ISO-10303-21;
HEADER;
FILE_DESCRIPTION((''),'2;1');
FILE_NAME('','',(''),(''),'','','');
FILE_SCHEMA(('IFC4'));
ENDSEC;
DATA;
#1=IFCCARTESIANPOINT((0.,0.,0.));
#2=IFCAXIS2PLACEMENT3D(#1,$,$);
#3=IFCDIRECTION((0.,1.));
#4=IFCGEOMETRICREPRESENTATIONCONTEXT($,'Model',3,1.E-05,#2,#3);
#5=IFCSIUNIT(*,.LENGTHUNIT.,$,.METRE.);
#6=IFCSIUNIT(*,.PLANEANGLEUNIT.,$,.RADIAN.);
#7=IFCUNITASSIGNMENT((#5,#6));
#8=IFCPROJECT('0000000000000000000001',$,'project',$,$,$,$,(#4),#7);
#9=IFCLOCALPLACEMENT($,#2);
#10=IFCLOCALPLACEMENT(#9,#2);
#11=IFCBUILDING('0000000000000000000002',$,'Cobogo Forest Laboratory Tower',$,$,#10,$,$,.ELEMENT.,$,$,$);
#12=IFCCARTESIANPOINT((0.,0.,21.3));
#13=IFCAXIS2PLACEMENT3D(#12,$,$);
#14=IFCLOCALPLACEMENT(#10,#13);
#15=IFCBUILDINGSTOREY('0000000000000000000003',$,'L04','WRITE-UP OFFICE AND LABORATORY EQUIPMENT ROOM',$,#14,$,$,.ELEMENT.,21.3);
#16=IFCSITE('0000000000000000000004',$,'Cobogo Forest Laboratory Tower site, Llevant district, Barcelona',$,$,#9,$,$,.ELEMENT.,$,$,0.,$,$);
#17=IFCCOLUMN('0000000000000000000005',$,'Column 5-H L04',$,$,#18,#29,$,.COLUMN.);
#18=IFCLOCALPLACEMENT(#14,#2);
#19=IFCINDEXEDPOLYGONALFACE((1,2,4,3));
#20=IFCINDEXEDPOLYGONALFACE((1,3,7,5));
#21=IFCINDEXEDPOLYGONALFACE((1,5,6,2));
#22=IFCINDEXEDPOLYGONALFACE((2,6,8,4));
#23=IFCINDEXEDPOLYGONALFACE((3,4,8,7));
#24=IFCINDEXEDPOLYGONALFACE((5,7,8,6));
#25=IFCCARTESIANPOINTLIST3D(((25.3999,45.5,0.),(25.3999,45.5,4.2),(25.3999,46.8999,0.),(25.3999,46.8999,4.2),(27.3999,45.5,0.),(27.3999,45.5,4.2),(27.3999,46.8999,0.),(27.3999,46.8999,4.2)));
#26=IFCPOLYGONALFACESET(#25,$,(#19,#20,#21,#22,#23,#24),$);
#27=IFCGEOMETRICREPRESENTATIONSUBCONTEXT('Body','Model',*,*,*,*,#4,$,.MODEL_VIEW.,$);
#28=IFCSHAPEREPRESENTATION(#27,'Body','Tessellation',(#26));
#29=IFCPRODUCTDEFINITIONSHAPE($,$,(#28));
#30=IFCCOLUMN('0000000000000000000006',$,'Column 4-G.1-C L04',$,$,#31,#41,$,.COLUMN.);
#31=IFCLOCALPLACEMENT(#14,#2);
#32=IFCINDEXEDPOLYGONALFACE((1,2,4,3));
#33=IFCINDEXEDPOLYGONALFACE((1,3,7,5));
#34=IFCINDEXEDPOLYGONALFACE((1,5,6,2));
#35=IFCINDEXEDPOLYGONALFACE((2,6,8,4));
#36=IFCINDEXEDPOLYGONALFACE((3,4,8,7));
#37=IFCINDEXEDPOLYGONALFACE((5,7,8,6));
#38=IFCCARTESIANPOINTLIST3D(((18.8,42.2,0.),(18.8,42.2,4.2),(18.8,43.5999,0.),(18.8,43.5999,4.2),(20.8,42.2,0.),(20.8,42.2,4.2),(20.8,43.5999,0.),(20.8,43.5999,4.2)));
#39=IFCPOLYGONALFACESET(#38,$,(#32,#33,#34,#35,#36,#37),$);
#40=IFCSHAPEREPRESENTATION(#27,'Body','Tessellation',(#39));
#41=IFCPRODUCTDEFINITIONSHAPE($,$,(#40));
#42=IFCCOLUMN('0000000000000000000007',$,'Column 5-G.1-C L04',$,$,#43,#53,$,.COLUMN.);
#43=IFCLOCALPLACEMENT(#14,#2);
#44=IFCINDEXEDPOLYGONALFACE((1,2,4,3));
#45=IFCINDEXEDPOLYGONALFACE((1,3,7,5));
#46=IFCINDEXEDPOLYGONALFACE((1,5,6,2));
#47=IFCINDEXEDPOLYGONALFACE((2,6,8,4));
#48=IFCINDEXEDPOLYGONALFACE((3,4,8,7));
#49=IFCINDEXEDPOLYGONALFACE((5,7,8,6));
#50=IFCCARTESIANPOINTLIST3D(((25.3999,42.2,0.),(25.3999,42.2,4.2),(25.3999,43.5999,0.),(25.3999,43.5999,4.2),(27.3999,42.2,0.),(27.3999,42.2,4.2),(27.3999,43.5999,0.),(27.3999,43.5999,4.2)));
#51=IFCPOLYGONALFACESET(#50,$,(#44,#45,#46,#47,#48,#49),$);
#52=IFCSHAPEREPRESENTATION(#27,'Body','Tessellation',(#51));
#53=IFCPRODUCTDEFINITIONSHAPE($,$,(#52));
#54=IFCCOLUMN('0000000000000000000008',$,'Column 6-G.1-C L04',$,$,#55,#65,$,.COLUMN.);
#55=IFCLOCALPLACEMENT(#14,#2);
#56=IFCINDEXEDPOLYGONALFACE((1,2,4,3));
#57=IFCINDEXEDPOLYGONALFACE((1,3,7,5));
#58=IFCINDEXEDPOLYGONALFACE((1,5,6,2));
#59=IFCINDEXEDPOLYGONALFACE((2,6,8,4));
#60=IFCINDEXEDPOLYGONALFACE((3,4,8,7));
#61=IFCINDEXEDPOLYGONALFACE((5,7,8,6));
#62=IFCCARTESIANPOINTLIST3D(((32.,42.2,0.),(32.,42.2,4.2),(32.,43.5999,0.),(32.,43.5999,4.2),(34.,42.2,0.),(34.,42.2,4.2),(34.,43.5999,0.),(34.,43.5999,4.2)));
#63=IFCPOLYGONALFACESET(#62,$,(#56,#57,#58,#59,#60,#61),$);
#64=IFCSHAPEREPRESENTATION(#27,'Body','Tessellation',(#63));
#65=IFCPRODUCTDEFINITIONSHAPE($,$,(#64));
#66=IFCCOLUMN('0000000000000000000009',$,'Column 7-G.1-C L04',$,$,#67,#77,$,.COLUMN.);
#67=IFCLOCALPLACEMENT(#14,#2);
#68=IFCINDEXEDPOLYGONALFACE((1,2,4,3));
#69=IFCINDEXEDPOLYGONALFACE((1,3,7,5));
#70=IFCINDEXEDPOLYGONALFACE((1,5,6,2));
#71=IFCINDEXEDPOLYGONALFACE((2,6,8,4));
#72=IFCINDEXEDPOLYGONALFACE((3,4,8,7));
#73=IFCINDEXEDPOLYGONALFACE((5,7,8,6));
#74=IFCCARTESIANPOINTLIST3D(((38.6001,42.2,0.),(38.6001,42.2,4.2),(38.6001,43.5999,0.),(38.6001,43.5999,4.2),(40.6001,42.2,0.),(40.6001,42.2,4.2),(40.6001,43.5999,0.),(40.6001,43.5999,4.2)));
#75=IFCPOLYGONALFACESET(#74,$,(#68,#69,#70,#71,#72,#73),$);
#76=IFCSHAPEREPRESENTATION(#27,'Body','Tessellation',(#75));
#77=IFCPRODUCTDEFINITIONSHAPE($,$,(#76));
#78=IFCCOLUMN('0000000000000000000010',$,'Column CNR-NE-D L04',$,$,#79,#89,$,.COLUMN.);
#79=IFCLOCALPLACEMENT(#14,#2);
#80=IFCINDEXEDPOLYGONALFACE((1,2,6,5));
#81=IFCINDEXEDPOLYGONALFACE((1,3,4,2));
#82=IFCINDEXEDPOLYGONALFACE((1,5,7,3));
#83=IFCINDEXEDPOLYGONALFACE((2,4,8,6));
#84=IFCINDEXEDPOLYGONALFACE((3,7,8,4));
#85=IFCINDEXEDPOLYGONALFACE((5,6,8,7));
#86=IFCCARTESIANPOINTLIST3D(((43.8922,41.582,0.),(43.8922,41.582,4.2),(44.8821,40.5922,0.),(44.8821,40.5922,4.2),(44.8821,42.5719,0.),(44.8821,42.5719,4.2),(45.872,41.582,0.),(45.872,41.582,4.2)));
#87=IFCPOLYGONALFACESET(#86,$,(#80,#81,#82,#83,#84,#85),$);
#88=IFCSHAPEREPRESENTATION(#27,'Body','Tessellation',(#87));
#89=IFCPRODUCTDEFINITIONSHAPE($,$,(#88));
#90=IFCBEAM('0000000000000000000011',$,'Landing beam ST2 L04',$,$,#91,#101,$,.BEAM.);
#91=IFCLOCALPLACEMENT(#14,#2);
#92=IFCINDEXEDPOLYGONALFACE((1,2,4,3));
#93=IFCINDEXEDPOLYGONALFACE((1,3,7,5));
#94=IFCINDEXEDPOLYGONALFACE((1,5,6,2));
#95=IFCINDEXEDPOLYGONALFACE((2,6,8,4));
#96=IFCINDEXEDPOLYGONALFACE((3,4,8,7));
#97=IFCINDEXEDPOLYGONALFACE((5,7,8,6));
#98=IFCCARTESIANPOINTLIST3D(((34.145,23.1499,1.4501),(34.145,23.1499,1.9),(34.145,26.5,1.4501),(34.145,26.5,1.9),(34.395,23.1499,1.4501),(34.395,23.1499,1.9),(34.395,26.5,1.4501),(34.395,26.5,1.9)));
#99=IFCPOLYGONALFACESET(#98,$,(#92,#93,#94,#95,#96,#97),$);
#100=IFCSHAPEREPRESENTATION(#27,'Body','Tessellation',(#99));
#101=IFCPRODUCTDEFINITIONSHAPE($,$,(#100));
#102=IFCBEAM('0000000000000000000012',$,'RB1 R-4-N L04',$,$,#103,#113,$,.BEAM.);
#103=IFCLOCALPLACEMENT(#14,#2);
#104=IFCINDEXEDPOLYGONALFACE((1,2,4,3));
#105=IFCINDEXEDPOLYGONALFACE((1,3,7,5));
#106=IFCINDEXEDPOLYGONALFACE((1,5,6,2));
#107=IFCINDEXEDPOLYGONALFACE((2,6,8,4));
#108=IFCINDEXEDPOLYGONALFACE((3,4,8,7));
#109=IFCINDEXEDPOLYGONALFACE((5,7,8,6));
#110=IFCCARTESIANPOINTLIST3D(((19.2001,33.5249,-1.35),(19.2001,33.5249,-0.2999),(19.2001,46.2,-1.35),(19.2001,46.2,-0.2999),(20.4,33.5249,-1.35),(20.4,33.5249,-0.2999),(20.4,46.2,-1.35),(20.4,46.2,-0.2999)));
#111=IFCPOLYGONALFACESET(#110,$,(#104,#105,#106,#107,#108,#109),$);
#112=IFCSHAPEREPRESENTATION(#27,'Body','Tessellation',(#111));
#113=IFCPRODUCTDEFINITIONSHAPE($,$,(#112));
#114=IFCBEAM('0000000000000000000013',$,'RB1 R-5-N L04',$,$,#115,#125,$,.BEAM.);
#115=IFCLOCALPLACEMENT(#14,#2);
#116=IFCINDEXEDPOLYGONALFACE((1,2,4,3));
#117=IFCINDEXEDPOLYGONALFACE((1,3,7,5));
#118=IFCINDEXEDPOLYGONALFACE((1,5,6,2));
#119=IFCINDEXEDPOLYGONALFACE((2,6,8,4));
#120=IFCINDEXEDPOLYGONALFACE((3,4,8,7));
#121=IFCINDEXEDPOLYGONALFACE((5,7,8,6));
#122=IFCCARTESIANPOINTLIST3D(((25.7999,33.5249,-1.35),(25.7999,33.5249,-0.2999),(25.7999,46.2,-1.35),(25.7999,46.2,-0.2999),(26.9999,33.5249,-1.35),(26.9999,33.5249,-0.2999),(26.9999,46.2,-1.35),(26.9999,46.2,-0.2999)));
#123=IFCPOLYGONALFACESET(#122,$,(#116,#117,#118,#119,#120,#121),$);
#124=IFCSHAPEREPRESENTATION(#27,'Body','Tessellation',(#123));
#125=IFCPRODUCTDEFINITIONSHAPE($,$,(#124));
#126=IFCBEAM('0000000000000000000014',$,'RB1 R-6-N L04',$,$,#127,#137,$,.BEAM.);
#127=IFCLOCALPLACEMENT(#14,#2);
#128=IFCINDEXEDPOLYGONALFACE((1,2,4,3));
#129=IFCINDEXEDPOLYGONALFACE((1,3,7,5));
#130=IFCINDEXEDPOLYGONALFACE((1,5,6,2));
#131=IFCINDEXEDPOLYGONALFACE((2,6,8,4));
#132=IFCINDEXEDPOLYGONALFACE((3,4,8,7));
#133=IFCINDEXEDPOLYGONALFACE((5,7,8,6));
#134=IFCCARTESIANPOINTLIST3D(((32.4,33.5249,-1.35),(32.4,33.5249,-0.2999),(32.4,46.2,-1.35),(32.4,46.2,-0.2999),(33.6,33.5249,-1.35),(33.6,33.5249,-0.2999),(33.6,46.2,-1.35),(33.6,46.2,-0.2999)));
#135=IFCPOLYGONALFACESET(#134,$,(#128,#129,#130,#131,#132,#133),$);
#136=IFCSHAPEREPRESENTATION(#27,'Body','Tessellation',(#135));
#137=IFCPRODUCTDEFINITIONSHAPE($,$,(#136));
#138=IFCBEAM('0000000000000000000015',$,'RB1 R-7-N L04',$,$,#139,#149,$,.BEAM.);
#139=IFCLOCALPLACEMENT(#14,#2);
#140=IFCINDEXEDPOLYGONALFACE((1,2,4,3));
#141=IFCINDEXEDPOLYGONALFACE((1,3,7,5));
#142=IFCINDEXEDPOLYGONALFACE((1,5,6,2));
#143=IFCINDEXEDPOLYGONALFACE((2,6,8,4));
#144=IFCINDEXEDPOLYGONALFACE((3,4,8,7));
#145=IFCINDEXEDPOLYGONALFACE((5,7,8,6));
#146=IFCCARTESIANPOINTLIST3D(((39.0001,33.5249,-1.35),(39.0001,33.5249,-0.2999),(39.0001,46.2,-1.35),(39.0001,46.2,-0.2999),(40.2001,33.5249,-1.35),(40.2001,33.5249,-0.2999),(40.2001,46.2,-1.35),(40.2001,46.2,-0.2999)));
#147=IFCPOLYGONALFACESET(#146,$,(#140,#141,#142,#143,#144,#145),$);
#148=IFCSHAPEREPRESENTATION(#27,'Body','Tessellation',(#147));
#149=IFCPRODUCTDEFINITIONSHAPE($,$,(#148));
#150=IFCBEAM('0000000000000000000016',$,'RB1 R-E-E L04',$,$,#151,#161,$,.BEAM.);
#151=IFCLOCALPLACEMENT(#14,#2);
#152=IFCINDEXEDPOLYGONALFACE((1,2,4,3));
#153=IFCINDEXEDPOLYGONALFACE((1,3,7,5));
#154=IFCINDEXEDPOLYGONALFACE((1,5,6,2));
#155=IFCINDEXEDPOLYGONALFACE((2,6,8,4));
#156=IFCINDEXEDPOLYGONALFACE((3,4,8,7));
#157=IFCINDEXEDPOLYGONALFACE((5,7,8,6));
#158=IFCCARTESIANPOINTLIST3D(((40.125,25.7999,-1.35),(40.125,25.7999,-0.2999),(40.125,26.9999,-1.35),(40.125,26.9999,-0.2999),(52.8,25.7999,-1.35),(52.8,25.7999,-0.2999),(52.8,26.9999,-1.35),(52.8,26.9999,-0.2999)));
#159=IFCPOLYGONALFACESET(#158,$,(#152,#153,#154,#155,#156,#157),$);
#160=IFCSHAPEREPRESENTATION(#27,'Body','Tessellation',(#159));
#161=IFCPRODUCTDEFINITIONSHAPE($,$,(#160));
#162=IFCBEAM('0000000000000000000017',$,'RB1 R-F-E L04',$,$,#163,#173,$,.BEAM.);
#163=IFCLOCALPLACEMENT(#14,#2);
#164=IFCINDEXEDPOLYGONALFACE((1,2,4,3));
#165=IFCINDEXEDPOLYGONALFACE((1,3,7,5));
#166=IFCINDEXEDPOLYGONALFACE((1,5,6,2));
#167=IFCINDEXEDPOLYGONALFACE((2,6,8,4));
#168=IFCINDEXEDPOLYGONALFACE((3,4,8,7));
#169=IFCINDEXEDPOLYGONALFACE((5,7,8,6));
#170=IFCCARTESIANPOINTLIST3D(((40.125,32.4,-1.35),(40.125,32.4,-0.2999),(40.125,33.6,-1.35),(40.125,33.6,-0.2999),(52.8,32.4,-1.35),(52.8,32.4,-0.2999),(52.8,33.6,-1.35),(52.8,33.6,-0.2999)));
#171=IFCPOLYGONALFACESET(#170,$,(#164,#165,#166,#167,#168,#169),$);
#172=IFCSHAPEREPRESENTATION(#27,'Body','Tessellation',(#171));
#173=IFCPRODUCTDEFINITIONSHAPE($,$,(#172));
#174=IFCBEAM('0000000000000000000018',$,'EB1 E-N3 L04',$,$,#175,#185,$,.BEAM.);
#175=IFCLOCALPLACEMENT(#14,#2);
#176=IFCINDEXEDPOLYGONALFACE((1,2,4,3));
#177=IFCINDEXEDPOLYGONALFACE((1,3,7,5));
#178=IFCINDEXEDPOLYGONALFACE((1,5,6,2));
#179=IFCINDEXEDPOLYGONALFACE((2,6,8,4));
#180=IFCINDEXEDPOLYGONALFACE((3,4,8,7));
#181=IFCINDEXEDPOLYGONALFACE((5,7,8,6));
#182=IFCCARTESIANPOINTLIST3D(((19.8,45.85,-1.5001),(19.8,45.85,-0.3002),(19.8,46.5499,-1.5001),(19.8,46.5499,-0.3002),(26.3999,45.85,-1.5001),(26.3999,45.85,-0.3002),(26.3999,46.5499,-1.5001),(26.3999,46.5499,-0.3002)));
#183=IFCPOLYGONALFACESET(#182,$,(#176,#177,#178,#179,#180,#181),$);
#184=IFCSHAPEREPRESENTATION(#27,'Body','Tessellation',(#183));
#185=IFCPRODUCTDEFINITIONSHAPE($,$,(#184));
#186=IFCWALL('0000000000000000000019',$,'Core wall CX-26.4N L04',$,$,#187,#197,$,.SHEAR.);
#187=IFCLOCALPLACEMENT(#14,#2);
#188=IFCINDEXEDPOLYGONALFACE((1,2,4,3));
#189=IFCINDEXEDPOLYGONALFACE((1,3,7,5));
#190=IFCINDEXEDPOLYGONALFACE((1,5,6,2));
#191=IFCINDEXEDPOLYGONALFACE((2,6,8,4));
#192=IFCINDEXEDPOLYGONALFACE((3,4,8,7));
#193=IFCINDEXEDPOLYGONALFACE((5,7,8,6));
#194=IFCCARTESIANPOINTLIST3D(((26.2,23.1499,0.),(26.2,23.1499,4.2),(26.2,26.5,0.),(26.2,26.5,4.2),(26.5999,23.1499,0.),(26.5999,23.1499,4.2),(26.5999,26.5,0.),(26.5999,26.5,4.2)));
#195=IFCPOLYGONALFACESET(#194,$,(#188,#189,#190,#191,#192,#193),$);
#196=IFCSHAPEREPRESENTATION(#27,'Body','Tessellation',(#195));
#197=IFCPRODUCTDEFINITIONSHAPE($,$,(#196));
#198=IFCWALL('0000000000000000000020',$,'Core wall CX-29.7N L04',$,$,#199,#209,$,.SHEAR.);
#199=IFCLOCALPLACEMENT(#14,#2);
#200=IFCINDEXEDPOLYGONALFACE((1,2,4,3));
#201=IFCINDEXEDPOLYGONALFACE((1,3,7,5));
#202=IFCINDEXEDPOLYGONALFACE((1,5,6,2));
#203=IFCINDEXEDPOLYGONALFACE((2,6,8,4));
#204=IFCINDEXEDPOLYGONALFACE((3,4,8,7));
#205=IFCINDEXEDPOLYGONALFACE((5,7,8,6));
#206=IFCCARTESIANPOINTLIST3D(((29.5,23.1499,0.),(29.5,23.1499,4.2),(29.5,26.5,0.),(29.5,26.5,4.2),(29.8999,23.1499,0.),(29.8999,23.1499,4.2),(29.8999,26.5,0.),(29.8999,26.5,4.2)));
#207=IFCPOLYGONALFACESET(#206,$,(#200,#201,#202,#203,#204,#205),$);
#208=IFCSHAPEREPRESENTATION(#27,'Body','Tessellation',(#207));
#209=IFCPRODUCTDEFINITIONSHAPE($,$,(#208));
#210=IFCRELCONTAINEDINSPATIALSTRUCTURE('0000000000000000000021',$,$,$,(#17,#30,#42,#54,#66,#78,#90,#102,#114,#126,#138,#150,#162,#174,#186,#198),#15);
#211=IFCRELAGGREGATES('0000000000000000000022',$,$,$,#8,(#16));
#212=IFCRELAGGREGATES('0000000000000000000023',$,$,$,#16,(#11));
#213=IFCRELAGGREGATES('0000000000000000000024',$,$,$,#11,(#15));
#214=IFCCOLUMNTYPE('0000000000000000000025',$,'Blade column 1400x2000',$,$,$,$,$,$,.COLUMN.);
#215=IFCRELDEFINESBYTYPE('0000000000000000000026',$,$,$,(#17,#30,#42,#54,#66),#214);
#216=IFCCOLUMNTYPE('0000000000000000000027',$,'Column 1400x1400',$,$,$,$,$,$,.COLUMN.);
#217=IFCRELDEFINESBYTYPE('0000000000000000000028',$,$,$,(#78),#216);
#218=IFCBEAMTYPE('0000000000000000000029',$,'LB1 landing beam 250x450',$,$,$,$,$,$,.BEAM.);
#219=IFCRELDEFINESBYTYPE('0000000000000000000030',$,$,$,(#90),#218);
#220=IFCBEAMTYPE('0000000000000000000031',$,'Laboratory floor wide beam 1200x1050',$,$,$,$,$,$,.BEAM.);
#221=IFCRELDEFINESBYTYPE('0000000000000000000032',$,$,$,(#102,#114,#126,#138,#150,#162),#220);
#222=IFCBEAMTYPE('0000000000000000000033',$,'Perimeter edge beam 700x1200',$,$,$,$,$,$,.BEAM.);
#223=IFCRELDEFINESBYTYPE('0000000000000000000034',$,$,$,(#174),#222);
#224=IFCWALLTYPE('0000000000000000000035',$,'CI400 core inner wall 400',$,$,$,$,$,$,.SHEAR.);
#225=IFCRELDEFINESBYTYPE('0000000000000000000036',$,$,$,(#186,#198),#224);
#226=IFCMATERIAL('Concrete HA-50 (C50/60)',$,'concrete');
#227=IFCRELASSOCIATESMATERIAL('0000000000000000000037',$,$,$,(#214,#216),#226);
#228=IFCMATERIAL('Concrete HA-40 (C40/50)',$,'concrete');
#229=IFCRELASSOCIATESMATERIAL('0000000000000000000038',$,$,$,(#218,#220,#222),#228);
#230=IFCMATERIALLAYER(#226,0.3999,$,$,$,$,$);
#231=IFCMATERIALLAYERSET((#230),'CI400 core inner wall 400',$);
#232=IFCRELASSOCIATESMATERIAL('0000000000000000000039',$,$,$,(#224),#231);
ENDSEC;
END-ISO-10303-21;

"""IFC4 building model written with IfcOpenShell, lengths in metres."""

from ifc_helpers import new_model, si_unit, direction, frame, frame_2d, origin, origin_2d, place, context, subcontext, project, spatial, rectangle, extrude, material, layer, layer_set, material_profile, profile_set, type_object, element, save


model = new_model("IFC4")

# Units and contexts
model_context = context("Model", 3, precision=1e-05, world=origin(), true_north=direction((0.0, 1.0)))
body_context = subcontext(model_context, "Body", "Model", "MODEL_VIEW")
ifc_project = project(units=[si_unit("LENGTHUNIT", "METRE"), si_unit("PLANEANGLEUNIT", "RADIAN")], contexts=[model_context])

# Site, building, storey
site_placement = place(None, origin())
site = spatial("IfcSite", under=ifc_project, at=site_placement, Name="Cobogo Forest Laboratory Tower site, Llevant district, Barcelona", CompositionType="ELEMENT", RefElevation=0.0)
building_placement = place(site_placement, origin())
building = spatial("IfcBuilding", under=site, at=building_placement, Name="Cobogo Forest Laboratory Tower", CompositionType="ELEMENT")
storey_placement = place(building_placement, frame((0.0, 0.0, 21.3)))
storey = spatial("IfcBuildingStorey", under=building, at=storey_placement, Name="L04", Description="WRITE-UP OFFICE AND LABORATORY EQUIPMENT ROOM", CompositionType="ELEMENT", Elevation=21.3)

# Columns
ifc_material_1 = material(Name="Concrete HA-50 (C50/60)", Category="concrete")
ifc_material_profile_1 = material_profile(ifc_material_1, rectangle(XDim=2.0, YDim=1.3999, at=origin_2d()), Name="RC 1400x2000")
ifc_profile_set_1 = profile_set([ifc_material_profile_1], Name="Concrete HA-50 (C50/60)")
column_type_1 = type_object("IfcColumnType", Name="Blade column 1400x2000", PredefinedType="COLUMN", material=ifc_profile_set_1)
for number, where, z_axis, x_axis, name in (
    (1, (26.3999, 46.2, 0.0), (0.0, 0.0, 1.0), (1.0, 0.0, 0.0), "Column 5-H L04"),
    (2, (19.8, 42.8999, 0.0), (0.0, 0.0, 1.0), (1.0, 0.0, 0.0), "Column 4-G.1-C L04"),
    (3, (26.3999, 42.8999, 0.0), (0.0, 0.0, 1.0), (1.0, 0.0, 0.0), "Column 5-G.1-C L04"),
    (4, (33.0, 42.8999, 0.0), (0.0, 0.0, 1.0), (1.0, 0.0, 0.0), "Column 6-G.1-C L04"),
    (5, (39.6001, 42.8999, 0.0), (0.0, 0.0, 1.0), (1.0, 0.0, 0.0), "Column 7-G.1-C L04"),
):
    element("IfcColumn", number, at=place(storey_placement, frame(where, z_axis=z_axis, x_axis=x_axis)), inside=storey, type_object=column_type_1, Name=name, PredefinedType="COLUMN", context=body_context, shape_type="SweptSolid", body=[
        extrude(rectangle(XDim=2.0, YDim=1.3999, at=origin_2d()), origin(), (0.0, 0.0, 1.0), 4.2),
    ])
ifc_material_profile_2 = material_profile(ifc_material_1, rectangle(XDim=1.3999, YDim=1.3999, at=origin_2d()), Name="RC 1400x1400")
ifc_profile_set_2 = profile_set([ifc_material_profile_2], Name="Concrete HA-50 (C50/60)")
column_type_2 = type_object("IfcColumnType", Name="Column 1400x1400", PredefinedType="COLUMN", material=ifc_profile_set_2)
column_placement = place(storey_placement, frame((44.8821, 41.582, 0.0), z_axis=(0.0, 0.0, 1.0), x_axis=(0.707107, 0.707107, 0.0)))
element("IfcColumn", 6, at=column_placement, inside=storey, type_object=column_type_2, Name="Column CNR-NE-D L04", PredefinedType="COLUMN", context=body_context, shape_type="SweptSolid", body=[
    extrude(rectangle(XDim=1.3999, YDim=1.3999, at=origin_2d()), origin(), (0.0, 0.0, 1.0), 4.2),
])

# Beams
ifc_material_2 = material(Name="Concrete HA-40 (C40/50)", Category="concrete")
ifc_material_profile_3 = material_profile(ifc_material_2, rectangle(XDim=0.25, YDim=0.45, at=origin_2d()), Name="RC 250x450")
ifc_profile_set_3 = profile_set([ifc_material_profile_3], Name="Concrete HA-40 (C40/50)")
beam_type_1 = type_object("IfcBeamType", Name="LB1 landing beam 250x450", PredefinedType="BEAM", material=ifc_profile_set_3)
beam_1_placement = place(storey_placement, frame((34.27, 23.1499, 1.675), z_axis=(0.0, 1.0, 0.0), x_axis=(-1.0, 0.0, 0.0)))
element("IfcBeam", 7, at=beam_1_placement, inside=storey, type_object=beam_type_1, Name="Landing beam ST2 L04", PredefinedType="BEAM", context=body_context, shape_type="SweptSolid", body=[
    extrude(rectangle(XDim=0.25, YDim=0.45, at=origin_2d()), origin(), (0.0, 0.0, 1.0), 3.3501),
])
ifc_material_profile_4 = material_profile(ifc_material_2, rectangle(XDim=1.2, YDim=1.05, at=origin_2d()), Name="RC 1200x1050")
ifc_profile_set_4 = profile_set([ifc_material_profile_4], Name="Concrete HA-40 (C40/50)")
beam_type_2 = type_object("IfcBeamType", Name="Laboratory floor wide beam 1200x1050", PredefinedType="BEAM", material=ifc_profile_set_4)
for number, where, z_axis, x_axis, name in (
    (8, (19.8, 33.5249, -0.825), (0.0, 1.0, 0.0), (-1.0, 0.0, 0.0), "RB1 R-4-N L04"),
    (9, (26.3999, 33.5249, -0.825), (0.0, 1.0, 0.0), (-1.0, 0.0, 0.0), "RB1 R-5-N L04"),
    (10, (33.0, 33.5249, -0.825), (0.0, 1.0, 0.0), (-1.0, 0.0, 0.0), "RB1 R-6-N L04"),
    (11, (39.6001, 33.5249, -0.825), (0.0, 1.0, 0.0), (-1.0, 0.0, 0.0), "RB1 R-7-N L04"),
    (12, (40.125, 26.3999, -0.825), (1.0, 0.0, 0.0), (0.0, 1.0, 0.0), "RB1 R-E-E L04"),
    (13, (40.125, 33.0, -0.825), (1.0, 0.0, 0.0), (0.0, 1.0, 0.0), "RB1 R-F-E L04"),
):
    element("IfcBeam", number, at=place(storey_placement, frame(where, z_axis=z_axis, x_axis=x_axis)), inside=storey, type_object=beam_type_2, Name=name, PredefinedType="BEAM", context=body_context, shape_type="SweptSolid", body=[
        extrude(rectangle(XDim=1.2, YDim=1.05, at=origin_2d()), origin(), (0.0, 0.0, 1.0), 12.675),
    ])
ifc_material_profile_5 = material_profile(ifc_material_2, rectangle(XDim=0.7, YDim=1.2, at=origin_2d()), Name="RC 700x1200")
ifc_profile_set_5 = profile_set([ifc_material_profile_5], Name="Concrete HA-40 (C40/50)")
beam_type_3 = type_object("IfcBeamType", Name="Perimeter edge beam 700x1200", PredefinedType="BEAM", material=ifc_profile_set_5)
beam_2_placement = place(storey_placement, frame((19.8, 46.2, -0.9001), z_axis=(1.0, 0.0, 0.0), x_axis=(0.0, 1.0, 0.0)))
element("IfcBeam", 14, at=beam_2_placement, inside=storey, type_object=beam_type_3, Name="EB1 E-N3 L04", PredefinedType="BEAM", context=body_context, shape_type="SweptSolid", body=[
    extrude(rectangle(XDim=0.7, YDim=1.2, at=origin_2d()), origin(), (0.0, 0.0, 1.0), 6.5999),
])

# Walls
ifc_layer_1 = layer(ifc_material_1, 0.3999)
ifc_layer_set_1 = layer_set([ifc_layer_1], Name="CI400 core inner wall 400")
wall_type_1 = type_object("IfcWallType", Name="CI400 core inner wall 400", PredefinedType="SHEAR", material=ifc_layer_set_1)
for number, where, z_axis, x_axis, name in (
    (15, (26.3999, 23.1499, 0.0), (0.0, 0.0, 1.0), (0.0, 1.0, 0.0), "Core wall CX-26.4N L04"),
    (16, (29.7, 23.1499, 0.0), (0.0, 0.0, 1.0), (0.0, 1.0, 0.0), "Core wall CX-29.7N L04"),
):
    element("IfcWall", number, at=place(storey_placement, frame(where, z_axis=z_axis, x_axis=x_axis)), inside=storey, type_object=wall_type_1, Name=name, PredefinedType="SHEAR", context=body_context, shape_type="SweptSolid", body=[
        extrude(rectangle(XDim=3.3501, YDim=0.3999, at=frame_2d((1.675, 0.0))), origin(), (0.0, 0.0, 1.0), 4.2),
    ])

save(model, "model.ifc")
